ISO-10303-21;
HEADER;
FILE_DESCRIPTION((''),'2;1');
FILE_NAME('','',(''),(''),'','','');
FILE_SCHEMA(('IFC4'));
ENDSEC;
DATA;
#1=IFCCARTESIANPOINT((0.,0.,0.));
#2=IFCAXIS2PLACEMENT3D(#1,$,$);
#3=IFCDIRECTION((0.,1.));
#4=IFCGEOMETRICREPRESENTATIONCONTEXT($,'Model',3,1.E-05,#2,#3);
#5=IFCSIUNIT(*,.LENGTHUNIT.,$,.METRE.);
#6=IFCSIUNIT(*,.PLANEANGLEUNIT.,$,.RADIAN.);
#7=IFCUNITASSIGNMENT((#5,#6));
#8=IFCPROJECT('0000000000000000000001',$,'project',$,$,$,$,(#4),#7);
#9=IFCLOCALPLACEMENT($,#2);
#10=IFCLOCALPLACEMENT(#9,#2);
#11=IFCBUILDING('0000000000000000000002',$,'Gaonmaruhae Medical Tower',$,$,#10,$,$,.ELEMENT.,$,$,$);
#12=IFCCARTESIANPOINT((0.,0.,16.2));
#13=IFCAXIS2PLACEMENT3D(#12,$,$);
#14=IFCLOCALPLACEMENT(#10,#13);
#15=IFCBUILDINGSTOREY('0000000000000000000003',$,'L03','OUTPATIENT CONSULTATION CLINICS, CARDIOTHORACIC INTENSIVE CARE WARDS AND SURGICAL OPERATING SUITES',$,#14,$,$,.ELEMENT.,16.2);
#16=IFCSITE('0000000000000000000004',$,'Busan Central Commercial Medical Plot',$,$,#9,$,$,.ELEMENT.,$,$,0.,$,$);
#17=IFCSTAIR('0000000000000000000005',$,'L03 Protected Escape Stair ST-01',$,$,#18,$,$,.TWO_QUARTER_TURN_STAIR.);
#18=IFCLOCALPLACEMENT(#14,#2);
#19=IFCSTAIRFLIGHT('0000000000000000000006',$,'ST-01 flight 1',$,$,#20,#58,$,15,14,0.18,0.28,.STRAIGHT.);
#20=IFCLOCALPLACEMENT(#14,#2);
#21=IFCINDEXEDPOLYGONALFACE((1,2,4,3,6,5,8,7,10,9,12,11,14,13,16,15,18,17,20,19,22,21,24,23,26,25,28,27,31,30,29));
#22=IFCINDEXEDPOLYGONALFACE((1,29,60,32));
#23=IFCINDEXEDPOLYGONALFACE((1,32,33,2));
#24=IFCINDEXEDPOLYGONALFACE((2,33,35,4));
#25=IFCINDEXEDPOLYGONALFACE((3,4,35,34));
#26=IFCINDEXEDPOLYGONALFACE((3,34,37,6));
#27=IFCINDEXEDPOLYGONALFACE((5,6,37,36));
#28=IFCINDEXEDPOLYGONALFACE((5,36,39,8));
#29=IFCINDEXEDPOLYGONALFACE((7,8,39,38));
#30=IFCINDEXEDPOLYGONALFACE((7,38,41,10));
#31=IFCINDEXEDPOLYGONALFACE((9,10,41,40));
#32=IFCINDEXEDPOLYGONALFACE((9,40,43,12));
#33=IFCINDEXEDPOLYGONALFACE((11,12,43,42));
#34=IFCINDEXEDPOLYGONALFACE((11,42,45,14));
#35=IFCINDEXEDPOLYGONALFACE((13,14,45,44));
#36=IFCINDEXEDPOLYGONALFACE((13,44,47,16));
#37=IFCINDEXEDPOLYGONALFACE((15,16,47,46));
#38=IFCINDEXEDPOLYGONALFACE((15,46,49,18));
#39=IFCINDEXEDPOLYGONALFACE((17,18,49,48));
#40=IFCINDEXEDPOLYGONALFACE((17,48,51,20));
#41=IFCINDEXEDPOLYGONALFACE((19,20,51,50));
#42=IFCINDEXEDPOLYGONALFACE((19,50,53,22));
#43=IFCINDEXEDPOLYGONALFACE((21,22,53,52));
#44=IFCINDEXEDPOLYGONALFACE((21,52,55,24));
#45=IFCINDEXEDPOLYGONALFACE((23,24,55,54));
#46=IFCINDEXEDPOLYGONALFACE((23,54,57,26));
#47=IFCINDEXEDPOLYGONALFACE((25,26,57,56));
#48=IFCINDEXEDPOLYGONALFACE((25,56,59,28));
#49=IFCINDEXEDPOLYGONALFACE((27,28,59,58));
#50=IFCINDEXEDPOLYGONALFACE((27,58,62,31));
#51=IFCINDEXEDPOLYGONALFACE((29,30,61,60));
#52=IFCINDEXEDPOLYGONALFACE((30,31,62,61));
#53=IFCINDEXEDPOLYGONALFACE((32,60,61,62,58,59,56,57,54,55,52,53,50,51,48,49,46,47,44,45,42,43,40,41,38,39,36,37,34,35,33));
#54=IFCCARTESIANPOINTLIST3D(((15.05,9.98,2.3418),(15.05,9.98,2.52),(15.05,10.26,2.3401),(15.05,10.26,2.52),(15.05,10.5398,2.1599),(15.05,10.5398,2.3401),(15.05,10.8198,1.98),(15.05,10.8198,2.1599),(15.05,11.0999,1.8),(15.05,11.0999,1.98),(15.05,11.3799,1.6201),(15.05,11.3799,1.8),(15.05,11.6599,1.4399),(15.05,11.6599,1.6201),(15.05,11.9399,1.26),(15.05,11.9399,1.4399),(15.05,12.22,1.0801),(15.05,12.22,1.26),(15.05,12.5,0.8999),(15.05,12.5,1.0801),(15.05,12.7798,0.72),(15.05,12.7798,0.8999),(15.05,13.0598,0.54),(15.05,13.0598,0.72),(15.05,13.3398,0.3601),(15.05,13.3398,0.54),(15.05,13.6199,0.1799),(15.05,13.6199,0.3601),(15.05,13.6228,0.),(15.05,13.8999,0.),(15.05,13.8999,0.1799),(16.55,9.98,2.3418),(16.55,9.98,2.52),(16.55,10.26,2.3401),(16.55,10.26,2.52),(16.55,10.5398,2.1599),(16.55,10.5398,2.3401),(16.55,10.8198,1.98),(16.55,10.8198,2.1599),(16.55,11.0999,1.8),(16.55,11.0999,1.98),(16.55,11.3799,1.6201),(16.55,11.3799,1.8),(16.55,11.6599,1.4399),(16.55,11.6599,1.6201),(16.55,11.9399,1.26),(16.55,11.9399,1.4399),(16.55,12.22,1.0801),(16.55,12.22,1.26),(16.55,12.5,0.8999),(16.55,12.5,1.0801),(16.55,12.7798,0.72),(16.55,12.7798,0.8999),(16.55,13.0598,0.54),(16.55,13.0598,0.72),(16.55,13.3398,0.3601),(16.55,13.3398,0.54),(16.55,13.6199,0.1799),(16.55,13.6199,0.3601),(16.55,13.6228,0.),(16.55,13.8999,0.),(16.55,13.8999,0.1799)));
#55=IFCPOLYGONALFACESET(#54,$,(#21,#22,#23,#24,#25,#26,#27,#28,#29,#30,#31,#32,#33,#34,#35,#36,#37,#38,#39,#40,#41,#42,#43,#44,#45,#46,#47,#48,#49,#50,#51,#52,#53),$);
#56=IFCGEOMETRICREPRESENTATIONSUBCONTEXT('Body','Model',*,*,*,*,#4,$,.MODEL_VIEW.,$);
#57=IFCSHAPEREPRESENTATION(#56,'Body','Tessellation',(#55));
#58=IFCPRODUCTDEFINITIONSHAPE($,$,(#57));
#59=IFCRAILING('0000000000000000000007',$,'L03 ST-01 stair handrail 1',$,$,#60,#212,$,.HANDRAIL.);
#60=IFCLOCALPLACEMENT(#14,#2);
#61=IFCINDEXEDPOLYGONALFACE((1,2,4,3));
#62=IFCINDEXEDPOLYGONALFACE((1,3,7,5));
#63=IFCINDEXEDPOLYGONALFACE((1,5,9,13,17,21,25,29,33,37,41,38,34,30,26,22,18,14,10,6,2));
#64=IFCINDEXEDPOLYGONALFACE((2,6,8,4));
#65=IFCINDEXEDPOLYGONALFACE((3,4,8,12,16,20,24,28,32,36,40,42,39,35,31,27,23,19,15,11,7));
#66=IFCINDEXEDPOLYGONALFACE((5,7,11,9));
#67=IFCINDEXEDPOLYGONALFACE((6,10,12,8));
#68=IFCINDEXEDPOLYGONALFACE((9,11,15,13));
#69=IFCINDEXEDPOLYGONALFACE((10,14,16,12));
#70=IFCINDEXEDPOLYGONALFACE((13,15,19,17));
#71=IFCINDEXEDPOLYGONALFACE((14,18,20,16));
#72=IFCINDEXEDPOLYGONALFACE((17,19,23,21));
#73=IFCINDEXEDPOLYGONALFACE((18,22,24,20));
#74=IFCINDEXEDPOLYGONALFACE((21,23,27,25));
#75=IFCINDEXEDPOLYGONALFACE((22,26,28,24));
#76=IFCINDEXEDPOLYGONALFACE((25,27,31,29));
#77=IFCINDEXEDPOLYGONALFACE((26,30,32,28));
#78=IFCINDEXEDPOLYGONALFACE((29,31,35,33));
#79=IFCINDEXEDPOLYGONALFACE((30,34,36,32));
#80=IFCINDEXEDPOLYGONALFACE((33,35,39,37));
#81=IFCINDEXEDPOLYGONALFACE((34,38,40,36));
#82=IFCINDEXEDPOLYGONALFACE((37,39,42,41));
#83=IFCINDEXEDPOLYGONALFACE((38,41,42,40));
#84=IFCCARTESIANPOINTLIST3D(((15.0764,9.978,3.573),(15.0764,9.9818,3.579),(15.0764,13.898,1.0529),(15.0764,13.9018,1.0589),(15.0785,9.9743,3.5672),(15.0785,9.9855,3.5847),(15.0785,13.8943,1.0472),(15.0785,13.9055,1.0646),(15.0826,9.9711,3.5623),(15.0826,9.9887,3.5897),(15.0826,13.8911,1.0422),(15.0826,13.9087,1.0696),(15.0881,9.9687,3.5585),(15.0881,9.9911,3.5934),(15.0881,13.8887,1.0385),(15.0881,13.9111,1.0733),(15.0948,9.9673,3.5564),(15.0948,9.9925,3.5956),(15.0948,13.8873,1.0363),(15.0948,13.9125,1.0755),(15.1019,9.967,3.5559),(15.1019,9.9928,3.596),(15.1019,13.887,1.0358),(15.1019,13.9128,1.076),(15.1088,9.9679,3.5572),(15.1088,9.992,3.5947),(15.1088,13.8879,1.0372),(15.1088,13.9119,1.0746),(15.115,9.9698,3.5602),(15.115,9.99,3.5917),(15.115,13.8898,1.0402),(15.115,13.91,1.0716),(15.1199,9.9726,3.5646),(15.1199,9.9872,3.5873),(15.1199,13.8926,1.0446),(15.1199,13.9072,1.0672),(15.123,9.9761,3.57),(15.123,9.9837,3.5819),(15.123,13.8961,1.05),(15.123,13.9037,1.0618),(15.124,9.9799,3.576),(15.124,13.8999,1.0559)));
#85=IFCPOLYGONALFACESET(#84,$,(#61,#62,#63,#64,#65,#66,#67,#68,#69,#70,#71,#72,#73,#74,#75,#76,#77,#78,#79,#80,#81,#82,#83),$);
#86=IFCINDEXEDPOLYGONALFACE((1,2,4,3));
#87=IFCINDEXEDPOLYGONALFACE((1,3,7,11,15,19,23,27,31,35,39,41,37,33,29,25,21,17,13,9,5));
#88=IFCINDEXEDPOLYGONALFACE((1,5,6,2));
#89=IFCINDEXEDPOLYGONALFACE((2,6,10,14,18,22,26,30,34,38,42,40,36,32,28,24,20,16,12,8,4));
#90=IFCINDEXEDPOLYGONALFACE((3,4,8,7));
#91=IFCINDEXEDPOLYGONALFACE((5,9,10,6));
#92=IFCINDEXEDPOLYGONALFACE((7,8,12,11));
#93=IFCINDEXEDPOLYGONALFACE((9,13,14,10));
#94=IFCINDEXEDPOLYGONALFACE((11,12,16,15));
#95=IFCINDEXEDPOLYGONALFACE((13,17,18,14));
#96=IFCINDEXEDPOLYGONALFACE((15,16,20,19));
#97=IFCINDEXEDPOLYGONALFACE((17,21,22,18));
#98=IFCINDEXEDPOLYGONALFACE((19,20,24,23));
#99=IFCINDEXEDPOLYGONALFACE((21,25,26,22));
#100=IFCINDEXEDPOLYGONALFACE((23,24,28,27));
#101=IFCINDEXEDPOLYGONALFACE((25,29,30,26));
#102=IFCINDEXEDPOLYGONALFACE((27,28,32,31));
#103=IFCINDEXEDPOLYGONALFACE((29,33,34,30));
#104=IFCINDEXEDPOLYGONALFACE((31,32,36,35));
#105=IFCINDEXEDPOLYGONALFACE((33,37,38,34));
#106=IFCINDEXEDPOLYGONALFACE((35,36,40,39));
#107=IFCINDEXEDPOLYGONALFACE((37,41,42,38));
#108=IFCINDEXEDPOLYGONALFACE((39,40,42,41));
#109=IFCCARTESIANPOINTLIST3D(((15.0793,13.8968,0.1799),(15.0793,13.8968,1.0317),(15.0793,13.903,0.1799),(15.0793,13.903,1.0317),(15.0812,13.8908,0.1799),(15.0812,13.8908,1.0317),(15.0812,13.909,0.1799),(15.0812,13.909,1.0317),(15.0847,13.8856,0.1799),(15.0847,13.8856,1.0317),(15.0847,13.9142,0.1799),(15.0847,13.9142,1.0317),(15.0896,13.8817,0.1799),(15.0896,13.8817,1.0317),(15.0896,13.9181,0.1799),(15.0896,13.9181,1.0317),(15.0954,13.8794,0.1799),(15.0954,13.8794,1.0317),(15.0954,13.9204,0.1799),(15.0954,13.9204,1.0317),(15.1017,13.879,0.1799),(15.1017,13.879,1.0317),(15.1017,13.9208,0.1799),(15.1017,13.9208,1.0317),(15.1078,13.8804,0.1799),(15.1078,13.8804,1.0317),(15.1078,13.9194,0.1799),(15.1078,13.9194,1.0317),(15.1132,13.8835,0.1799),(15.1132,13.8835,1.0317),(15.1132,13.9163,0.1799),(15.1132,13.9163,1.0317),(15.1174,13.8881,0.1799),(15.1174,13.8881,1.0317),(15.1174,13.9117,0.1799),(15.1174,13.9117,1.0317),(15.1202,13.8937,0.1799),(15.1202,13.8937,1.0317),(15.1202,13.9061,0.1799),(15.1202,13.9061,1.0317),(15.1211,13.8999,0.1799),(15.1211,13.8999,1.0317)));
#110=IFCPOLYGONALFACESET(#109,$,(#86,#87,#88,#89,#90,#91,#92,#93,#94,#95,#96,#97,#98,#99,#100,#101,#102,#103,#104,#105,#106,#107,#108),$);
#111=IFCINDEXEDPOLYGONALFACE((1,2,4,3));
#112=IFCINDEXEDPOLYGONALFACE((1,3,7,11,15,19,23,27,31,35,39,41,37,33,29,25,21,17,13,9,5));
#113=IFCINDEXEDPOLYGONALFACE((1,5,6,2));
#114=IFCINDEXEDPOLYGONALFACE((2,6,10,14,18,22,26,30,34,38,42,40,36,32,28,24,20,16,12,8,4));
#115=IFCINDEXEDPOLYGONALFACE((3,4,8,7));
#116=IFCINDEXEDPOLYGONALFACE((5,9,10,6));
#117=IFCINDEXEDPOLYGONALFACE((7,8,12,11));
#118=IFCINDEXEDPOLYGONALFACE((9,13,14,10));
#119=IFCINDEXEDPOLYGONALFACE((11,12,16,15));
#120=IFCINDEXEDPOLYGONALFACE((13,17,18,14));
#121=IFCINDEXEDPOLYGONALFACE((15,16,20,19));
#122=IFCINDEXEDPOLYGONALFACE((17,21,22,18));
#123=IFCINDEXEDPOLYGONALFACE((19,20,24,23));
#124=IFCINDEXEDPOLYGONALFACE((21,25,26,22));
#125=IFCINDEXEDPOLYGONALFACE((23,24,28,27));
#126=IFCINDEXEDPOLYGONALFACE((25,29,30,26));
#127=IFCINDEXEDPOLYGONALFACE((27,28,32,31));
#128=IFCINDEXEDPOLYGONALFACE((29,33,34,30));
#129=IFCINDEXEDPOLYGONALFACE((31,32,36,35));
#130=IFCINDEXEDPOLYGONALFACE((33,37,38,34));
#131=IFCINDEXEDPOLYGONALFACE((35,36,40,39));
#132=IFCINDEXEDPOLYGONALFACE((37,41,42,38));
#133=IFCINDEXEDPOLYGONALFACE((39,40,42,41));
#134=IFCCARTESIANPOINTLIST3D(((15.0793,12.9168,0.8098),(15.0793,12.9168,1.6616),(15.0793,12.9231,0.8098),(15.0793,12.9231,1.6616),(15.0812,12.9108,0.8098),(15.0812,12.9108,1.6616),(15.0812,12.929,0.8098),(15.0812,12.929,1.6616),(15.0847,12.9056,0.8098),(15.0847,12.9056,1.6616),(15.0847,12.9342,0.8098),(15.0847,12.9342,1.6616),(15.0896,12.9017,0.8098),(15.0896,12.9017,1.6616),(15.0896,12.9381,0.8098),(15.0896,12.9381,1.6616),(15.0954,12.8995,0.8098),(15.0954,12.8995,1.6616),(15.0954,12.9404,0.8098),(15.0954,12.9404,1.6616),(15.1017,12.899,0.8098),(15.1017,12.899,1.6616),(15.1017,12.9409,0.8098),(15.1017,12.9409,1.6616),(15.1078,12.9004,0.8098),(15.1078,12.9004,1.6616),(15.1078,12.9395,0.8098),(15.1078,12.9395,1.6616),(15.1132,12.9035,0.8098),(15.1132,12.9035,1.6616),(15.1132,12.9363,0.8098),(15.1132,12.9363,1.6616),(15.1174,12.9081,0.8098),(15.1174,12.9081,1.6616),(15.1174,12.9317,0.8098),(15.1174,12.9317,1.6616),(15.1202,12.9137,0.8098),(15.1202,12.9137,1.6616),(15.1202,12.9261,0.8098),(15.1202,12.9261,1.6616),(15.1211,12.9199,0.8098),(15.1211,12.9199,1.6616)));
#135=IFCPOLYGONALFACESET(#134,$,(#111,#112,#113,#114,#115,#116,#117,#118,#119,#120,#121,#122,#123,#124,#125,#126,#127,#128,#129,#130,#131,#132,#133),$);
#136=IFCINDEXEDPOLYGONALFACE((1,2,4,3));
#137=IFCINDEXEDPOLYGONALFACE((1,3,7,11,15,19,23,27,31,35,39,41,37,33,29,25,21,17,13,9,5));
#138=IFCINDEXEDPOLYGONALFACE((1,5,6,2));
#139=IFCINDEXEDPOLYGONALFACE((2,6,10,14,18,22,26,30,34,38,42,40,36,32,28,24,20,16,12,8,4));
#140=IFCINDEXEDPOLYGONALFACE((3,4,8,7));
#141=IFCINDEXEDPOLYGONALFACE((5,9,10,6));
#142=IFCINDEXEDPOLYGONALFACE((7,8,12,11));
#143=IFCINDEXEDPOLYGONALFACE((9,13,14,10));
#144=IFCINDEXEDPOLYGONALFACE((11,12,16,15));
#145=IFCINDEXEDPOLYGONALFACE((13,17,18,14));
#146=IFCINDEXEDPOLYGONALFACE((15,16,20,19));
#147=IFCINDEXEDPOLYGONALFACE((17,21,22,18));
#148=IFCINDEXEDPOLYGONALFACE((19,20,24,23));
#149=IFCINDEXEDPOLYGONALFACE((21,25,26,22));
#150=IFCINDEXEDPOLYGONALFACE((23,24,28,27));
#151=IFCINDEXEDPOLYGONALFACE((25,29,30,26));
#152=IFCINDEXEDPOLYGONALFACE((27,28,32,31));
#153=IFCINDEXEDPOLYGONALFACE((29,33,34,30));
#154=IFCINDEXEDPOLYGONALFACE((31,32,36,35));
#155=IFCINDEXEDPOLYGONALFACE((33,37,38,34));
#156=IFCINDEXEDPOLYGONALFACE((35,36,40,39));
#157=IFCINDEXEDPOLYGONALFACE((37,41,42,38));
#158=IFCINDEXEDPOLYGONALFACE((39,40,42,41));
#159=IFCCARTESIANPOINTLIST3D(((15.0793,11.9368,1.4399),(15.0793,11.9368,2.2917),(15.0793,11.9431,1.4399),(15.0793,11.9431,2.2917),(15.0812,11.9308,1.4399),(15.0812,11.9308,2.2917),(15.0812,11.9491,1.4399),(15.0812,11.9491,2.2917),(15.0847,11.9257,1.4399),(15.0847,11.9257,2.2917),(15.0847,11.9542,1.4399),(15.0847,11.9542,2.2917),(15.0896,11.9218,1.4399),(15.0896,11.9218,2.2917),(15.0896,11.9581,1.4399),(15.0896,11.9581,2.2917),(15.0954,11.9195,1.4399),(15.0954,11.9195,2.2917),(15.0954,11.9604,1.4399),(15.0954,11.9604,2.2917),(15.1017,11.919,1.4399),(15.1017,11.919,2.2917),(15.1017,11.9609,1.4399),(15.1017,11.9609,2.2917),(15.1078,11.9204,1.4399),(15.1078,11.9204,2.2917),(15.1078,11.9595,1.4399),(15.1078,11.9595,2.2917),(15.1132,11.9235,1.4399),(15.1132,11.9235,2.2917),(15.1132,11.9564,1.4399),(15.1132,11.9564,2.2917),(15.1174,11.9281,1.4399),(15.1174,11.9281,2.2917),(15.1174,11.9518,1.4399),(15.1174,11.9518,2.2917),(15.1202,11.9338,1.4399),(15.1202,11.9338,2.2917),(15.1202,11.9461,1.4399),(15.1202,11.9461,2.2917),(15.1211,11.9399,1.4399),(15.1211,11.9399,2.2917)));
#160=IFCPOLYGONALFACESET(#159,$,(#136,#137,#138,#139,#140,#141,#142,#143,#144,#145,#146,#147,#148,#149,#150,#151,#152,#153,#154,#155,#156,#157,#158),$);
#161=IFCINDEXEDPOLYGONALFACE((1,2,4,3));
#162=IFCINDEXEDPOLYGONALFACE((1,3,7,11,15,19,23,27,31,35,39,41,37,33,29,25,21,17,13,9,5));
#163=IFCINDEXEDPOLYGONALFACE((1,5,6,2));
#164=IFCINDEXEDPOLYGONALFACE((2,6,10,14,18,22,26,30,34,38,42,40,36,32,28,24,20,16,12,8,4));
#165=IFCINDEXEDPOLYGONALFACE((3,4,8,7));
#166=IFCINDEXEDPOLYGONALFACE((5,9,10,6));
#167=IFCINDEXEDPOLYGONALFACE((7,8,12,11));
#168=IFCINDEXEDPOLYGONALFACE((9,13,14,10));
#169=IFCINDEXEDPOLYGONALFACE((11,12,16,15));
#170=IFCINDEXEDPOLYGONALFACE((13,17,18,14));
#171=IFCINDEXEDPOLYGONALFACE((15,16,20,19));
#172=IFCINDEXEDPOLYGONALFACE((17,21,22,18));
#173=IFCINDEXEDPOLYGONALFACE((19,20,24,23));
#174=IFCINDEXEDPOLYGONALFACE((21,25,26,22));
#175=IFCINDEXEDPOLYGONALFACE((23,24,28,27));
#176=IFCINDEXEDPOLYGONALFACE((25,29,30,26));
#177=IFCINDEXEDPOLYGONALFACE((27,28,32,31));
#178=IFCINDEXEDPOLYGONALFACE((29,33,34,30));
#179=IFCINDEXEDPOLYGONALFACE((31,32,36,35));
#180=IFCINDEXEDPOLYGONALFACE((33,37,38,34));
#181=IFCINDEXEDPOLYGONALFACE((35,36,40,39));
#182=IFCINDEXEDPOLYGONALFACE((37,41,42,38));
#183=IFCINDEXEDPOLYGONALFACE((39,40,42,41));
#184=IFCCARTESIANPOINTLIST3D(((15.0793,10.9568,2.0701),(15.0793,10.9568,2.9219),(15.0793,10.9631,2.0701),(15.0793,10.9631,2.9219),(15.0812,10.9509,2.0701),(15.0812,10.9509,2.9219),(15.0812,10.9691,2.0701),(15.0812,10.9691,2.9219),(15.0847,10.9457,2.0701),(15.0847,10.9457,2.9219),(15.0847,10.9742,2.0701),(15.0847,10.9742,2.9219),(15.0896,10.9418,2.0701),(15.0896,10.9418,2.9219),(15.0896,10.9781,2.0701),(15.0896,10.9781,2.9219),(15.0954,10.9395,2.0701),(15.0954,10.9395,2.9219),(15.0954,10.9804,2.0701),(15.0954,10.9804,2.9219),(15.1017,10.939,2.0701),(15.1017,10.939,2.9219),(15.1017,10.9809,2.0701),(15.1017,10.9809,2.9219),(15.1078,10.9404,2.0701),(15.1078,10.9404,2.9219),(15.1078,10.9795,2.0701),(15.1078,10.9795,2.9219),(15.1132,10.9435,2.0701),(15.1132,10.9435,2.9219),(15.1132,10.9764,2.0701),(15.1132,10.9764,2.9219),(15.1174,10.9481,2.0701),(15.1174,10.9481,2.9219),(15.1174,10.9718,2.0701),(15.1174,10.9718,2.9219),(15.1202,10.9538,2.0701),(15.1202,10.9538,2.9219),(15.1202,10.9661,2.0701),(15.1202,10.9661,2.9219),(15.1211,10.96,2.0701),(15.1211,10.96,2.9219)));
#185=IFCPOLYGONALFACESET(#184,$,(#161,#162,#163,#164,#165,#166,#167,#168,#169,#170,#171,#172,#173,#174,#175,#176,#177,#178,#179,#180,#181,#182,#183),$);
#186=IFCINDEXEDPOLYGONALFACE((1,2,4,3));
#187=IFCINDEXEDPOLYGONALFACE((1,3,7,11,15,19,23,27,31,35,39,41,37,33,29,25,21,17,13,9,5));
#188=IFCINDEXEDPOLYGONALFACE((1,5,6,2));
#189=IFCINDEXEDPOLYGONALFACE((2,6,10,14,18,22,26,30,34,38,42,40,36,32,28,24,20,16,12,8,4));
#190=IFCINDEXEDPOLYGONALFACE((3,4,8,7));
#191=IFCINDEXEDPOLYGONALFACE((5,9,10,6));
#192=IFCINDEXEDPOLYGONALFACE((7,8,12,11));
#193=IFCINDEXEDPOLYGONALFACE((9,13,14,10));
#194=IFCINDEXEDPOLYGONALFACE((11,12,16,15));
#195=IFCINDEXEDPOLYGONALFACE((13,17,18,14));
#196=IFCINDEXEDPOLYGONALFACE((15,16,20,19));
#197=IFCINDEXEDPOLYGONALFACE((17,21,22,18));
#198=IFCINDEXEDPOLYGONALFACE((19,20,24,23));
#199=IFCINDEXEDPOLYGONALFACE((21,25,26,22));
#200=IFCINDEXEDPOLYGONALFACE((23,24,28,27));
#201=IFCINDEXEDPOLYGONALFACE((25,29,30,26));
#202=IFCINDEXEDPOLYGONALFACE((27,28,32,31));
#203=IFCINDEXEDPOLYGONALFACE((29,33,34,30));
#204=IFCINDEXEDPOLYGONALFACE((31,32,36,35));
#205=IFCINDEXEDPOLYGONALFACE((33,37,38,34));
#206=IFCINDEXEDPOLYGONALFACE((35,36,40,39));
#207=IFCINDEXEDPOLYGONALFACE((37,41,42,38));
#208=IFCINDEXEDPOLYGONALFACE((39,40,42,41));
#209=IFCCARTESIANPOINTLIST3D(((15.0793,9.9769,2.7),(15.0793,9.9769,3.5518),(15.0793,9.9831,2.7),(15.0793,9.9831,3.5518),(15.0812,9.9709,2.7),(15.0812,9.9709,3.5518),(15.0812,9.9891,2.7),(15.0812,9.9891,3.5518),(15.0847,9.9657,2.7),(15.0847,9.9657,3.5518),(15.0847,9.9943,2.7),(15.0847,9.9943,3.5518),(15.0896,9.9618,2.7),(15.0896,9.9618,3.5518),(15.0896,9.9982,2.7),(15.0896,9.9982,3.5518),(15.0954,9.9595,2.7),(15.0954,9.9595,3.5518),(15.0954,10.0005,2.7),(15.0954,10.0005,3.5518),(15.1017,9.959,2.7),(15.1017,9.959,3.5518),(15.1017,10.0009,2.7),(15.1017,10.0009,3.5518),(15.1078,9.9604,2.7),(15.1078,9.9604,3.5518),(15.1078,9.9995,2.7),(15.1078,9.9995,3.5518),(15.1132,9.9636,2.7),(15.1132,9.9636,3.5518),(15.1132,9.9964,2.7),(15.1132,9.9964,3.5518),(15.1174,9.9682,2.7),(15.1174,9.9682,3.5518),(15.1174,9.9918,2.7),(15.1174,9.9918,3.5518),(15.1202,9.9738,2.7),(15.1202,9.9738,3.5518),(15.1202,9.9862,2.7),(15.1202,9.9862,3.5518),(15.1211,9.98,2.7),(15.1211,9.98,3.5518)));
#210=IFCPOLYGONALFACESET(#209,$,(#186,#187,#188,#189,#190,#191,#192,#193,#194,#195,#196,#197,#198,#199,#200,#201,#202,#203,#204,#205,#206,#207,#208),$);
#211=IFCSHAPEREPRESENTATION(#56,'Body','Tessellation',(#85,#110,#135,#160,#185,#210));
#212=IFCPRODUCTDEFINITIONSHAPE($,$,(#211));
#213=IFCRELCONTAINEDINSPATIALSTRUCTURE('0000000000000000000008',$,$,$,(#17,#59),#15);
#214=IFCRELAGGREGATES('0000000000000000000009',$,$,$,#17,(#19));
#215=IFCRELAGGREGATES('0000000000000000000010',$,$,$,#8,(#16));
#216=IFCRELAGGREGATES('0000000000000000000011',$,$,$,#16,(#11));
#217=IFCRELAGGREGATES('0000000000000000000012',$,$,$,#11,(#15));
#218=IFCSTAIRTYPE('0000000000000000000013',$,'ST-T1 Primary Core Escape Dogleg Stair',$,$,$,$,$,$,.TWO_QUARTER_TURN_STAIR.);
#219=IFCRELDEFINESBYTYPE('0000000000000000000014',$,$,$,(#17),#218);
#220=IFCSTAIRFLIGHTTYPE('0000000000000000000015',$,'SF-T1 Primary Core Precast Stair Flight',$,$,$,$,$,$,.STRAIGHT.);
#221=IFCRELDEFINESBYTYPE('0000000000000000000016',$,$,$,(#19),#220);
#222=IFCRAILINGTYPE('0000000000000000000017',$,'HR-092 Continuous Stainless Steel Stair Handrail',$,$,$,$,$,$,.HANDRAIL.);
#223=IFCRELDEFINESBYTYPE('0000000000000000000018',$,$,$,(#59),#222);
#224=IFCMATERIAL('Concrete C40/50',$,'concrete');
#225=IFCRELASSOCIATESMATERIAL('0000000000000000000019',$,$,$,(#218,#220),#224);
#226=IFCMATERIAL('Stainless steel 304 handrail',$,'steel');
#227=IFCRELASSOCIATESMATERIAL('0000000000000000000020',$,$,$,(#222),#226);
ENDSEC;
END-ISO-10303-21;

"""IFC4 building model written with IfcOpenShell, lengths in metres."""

from ifc_helpers import new_model, si_unit, direction, frame, origin, origin_2d, place, context, subcontext, project, spatial, polyline, circle, outline, extrude, material, type_object, element, aggregate, save


model = new_model("IFC4")

# Units and contexts
model_context = context("Model", 3, precision=1e-05, world=origin(), true_north=direction((0.0, 1.0)))
body_context = subcontext(model_context, "Body", "Model", "MODEL_VIEW")
ifc_project = project(units=[si_unit("LENGTHUNIT", "METRE"), si_unit("PLANEANGLEUNIT", "RADIAN")], contexts=[model_context])

# Site, building, storey
site_placement = place(None, origin())
site = spatial("IfcSite", under=ifc_project, at=site_placement, Name="Busan Central Commercial Medical Plot", CompositionType="ELEMENT", RefElevation=0.0)
building_placement = place(site_placement, origin())
building = spatial("IfcBuilding", under=site, at=building_placement, Name="Gaonmaruhae Medical Tower", CompositionType="ELEMENT")
storey_placement = place(building_placement, frame((0.0, 0.0, 16.2)))
storey = spatial("IfcBuildingStorey", under=building, at=storey_placement, Name="L03", Description="OUTPATIENT CONSULTATION CLINICS, CARDIOTHORACIC INTENSIVE CARE WARDS AND SURGICAL OPERATING SUITES", CompositionType="ELEMENT", Elevation=16.2)

# Stair, stair flight
ifc_material_1 = material(Name="Concrete C40/50", Category="concrete")
stair_type = type_object("IfcStairType", Name="ST-T1 Primary Core Escape Dogleg Stair", PredefinedType="TWO_QUARTER_TURN_STAIR", material=ifc_material_1)
stair_placement = place(storey_placement, origin())
stair = element("IfcStair", 1, at=stair_placement, inside=storey, type_object=stair_type, Name="L03 Protected Escape Stair ST-01", PredefinedType="TWO_QUARTER_TURN_STAIR")
stair_flight_type = type_object("IfcStairFlightType", Name="SF-T1 Primary Core Precast Stair Flight", PredefinedType="STRAIGHT", material=ifc_material_1)
stair_flight_placement = place(storey_placement, frame((15.8, 13.8999, 0.0), z_axis=(0.0, 0.0, 1.0), x_axis=(0.0, -1.0, 0.0)))
stair_flight = element("IfcStairFlight", 2, at=stair_flight_placement, type_object=stair_flight_type, Name="ST-01 flight 1", NumberOfRisers=15, NumberOfTreads=14, PredefinedType="STRAIGHT", RiserHeight=0.18, TreadLength=0.28, context=body_context, shape_type="SweptSolid", body=[
    extrude(outline(polyline([(0.0, 0.0), (0.0, 0.1799), (0.28, 0.1799), (0.28, 0.3601), (0.5601, 0.3601), (0.5601, 0.54), (0.8401, 0.54), (0.8401, 0.72), (1.1201, 0.72), (1.1201, 0.8999), (1.3999, 0.8999), (1.3999, 1.0801), (1.6799, 1.0801), (1.6799, 1.26), (1.96, 1.26), (1.96, 1.4399), (2.24, 1.4399), (2.24, 1.6201), (2.52, 1.6201), (2.52, 1.8), (2.8, 1.8), (2.8, 1.98), (3.0801, 1.98), (3.0801, 2.1599), (3.3601, 2.1599), (3.3601, 2.3401), (3.6399, 2.3401), (3.6399, 2.52), (3.9199, 2.52), (3.9199, 2.7), (3.9199, 2.3418), (0.2771, 0.0), (0.0, 0.0)])), frame((0.0, 0.75, 0.0), z_axis=(0.0, -1.0, 0.0), x_axis=(1.0, 0.0, 0.0)), (0.0, 0.0, 1.0), 1.5),
])
aggregate(stair, [stair_flight])

# Railing
ifc_material_2 = material(Name="Stainless steel 304 handrail", Category="steel")
railing_type_1 = type_object("IfcRailingType", Name="HR-092 Continuous Stainless Steel Stair Handrail", PredefinedType="HANDRAIL", material=ifc_material_2)
railing_1_placement = place(storey_placement, frame((15.1001, 13.8999, 0.1799)))
element("IfcRailing", 3, at=railing_1_placement, inside=storey, type_object=railing_type_1, Name="L03 ST-01 stair handrail 1", PredefinedType="HANDRAIL", context=body_context, shape_type="SweptSolid", body=[
    extrude(circle(Radius=0.0239, at=origin_2d()), frame((0.0, 0.0, 0.876), z_axis=(0.0, -0.841172, 0.540768), x_axis=(1.0, 0.0, 0.0)), (0.0, 0.0, 1.0), 4.6602),
    extrude(circle(Radius=0.021, at=origin_2d()), origin(), (0.0, 0.0, 1.0), 0.8518),
    extrude(circle(Radius=0.021, at=origin_2d()), frame((0.0, -0.98, 0.6299)), (0.0, 0.0, 1.0), 0.8518),
    extrude(circle(Radius=0.021, at=origin_2d()), frame((0.0, -1.96, 1.26)), (0.0, 0.0, 1.0), 0.8518),
    extrude(circle(Radius=0.021, at=origin_2d()), frame((0.0, -2.9399, 1.8901)), (0.0, 0.0, 1.0), 0.8518),
    extrude(circle(Radius=0.021, at=origin_2d()), frame((0.0, -3.9199, 2.52)), (0.0, 0.0, 1.0), 0.8518),
])

save(model, "model.ifc")
